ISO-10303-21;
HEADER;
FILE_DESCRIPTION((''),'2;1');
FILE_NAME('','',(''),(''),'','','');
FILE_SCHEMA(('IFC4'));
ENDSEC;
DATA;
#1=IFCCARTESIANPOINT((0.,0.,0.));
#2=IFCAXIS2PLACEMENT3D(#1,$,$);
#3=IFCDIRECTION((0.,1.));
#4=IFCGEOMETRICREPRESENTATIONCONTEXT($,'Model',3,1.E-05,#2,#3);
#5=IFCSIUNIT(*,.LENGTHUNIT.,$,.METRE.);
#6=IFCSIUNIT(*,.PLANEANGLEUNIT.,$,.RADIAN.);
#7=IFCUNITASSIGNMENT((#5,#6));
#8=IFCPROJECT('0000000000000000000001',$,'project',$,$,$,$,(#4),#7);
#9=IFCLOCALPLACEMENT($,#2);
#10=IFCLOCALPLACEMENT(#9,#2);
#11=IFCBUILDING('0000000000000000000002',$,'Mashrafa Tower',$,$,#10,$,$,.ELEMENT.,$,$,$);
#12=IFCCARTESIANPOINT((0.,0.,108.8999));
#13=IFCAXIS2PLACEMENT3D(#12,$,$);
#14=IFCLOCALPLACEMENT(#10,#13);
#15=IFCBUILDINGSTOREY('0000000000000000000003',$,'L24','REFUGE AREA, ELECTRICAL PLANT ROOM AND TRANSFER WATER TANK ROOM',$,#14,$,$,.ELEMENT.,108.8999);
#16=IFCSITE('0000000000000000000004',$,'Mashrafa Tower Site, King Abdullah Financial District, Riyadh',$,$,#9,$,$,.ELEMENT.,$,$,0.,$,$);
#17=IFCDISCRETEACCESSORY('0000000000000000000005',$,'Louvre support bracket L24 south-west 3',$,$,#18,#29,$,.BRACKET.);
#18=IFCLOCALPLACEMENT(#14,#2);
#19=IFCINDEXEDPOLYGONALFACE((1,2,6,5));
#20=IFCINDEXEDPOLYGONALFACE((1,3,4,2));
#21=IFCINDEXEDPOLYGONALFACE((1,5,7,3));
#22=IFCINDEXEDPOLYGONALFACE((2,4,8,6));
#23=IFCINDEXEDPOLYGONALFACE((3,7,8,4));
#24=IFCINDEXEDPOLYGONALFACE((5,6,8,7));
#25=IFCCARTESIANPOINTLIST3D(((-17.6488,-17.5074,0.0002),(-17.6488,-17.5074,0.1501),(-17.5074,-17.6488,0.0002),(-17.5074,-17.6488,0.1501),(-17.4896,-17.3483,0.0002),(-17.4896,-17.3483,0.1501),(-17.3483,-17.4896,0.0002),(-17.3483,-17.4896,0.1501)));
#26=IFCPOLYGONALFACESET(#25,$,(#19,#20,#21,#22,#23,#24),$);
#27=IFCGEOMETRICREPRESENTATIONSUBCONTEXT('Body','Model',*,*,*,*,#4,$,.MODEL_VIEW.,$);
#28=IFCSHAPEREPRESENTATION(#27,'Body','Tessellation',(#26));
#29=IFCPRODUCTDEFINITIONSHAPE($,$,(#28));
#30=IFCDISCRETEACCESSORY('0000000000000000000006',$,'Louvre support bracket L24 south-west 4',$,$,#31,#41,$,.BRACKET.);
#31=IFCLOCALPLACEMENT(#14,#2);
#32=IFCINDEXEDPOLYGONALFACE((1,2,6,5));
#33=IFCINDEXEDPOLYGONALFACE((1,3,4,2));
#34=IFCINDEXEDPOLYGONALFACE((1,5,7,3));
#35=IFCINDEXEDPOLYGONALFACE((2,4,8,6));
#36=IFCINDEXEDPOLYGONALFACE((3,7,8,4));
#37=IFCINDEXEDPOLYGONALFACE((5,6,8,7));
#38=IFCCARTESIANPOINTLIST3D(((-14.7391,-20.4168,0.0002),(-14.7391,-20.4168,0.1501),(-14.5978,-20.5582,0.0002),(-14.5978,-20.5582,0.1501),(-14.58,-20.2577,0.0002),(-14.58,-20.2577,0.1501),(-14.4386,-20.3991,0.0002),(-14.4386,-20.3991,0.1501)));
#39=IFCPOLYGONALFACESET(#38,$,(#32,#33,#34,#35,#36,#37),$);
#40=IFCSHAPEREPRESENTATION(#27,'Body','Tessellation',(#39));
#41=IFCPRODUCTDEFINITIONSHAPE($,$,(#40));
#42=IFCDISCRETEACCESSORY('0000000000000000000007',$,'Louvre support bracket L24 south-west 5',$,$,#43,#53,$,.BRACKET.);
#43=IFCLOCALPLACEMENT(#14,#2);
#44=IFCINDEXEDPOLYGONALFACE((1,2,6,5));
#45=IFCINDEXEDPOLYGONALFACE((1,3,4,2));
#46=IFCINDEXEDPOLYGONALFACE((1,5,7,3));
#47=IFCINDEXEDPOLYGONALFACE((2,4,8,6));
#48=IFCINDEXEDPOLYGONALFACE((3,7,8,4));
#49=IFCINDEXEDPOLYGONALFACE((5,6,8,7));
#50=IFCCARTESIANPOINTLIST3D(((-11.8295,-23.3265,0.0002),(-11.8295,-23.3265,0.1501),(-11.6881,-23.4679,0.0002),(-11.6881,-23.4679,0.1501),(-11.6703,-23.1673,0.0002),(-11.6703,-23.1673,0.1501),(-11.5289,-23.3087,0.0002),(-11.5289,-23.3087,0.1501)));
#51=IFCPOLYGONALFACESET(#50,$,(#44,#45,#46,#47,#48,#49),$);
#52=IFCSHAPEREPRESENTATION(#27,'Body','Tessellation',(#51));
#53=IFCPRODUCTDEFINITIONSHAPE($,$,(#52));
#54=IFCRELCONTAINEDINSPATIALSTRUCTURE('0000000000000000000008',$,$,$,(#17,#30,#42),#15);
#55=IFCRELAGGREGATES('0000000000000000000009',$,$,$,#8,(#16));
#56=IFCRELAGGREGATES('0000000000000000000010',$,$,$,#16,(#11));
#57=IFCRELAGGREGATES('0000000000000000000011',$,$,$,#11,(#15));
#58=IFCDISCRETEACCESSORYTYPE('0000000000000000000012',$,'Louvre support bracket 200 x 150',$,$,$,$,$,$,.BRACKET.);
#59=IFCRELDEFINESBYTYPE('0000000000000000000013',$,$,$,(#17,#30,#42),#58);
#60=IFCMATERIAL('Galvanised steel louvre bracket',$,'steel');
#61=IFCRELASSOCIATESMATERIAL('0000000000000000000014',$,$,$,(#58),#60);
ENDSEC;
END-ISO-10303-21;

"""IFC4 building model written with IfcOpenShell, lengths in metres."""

from ifc_helpers import new_model, si_unit, direction, frame, origin, origin_2d, place, context, subcontext, project, spatial, rectangle, extrude, source, transform, mapped, material, type_object, type_shapes, element, save


model = new_model("IFC4")

# Units and contexts
model_context = context("Model", 3, precision=1e-05, world=origin(), true_north=direction((0.0, 1.0)))
body_context = subcontext(model_context, "Body", "Model", "MODEL_VIEW")
ifc_project = project(units=[si_unit("LENGTHUNIT", "METRE"), si_unit("PLANEANGLEUNIT", "RADIAN")], contexts=[model_context])

# Site, building, storey
site_placement = place(None, origin())
site = spatial("IfcSite", under=ifc_project, at=site_placement, Name="Mashrafa Tower Site, King Abdullah Financial District, Riyadh", CompositionType="ELEMENT", RefElevation=0.0)
building_placement = place(site_placement, origin())
building = spatial("IfcBuilding", under=site, at=building_placement, Name="Mashrafa Tower", CompositionType="ELEMENT")
storey_placement = place(building_placement, frame((0.0, 0.0, 108.8999)))
storey = spatial("IfcBuildingStorey", under=building, at=storey_placement, Name="L24", Description="REFUGE AREA, ELECTRICAL PLANT ROOM AND TRANSFER WATER TANK ROOM", CompositionType="ELEMENT", Elevation=108.8999)

# Discrete accessories
ifc_material_1 = material(Name="Galvanised steel louvre bracket", Category="steel")
discrete_accessory_type = type_object("IfcDiscreteAccessoryType", Name="Louvre support bracket 200 x 150", PredefinedType="BRACKET", material=ifc_material_1)
shared_shape_1 = source(origin(), body_context, "Body", "SweptSolid", [
    extrude(rectangle(XDim=0.2, YDim=0.2251, at=origin_2d()), origin(), (0.0, 0.0, 1.0), 0.1499),
])
type_shapes(discrete_accessory_type, [shared_shape_1])
for number, where, z_axis, x_axis, name in (
    (1, (-17.4985, -17.4985, 0.0002), (0.0, 0.0, 1.0), (0.707107, -0.707107, 0.0), "Louvre support bracket L24 south-west 3"),
    (2, (-14.5889, -20.408, 0.0002), (0.0, 0.0, 1.0), (0.707107, -0.707107, 0.0), "Louvre support bracket L24 south-west 4"),
    (3, (-11.6792, -23.3176, 0.0002), (0.0, 0.0, 1.0), (0.707107, -0.707107, 0.0), "Louvre support bracket L24 south-west 5"),
):
    element("IfcDiscreteAccessory", number, at=place(storey_placement, frame(where, z_axis=z_axis, x_axis=x_axis)), inside=storey, type_object=discrete_accessory_type, Name=name, PredefinedType="BRACKET", context=body_context, shape_type="MappedRepresentation", body=[
        mapped(shared_shape_1, transform((0.0, 0.0, 0.0))),
    ])

save(model, "model.ifc")
